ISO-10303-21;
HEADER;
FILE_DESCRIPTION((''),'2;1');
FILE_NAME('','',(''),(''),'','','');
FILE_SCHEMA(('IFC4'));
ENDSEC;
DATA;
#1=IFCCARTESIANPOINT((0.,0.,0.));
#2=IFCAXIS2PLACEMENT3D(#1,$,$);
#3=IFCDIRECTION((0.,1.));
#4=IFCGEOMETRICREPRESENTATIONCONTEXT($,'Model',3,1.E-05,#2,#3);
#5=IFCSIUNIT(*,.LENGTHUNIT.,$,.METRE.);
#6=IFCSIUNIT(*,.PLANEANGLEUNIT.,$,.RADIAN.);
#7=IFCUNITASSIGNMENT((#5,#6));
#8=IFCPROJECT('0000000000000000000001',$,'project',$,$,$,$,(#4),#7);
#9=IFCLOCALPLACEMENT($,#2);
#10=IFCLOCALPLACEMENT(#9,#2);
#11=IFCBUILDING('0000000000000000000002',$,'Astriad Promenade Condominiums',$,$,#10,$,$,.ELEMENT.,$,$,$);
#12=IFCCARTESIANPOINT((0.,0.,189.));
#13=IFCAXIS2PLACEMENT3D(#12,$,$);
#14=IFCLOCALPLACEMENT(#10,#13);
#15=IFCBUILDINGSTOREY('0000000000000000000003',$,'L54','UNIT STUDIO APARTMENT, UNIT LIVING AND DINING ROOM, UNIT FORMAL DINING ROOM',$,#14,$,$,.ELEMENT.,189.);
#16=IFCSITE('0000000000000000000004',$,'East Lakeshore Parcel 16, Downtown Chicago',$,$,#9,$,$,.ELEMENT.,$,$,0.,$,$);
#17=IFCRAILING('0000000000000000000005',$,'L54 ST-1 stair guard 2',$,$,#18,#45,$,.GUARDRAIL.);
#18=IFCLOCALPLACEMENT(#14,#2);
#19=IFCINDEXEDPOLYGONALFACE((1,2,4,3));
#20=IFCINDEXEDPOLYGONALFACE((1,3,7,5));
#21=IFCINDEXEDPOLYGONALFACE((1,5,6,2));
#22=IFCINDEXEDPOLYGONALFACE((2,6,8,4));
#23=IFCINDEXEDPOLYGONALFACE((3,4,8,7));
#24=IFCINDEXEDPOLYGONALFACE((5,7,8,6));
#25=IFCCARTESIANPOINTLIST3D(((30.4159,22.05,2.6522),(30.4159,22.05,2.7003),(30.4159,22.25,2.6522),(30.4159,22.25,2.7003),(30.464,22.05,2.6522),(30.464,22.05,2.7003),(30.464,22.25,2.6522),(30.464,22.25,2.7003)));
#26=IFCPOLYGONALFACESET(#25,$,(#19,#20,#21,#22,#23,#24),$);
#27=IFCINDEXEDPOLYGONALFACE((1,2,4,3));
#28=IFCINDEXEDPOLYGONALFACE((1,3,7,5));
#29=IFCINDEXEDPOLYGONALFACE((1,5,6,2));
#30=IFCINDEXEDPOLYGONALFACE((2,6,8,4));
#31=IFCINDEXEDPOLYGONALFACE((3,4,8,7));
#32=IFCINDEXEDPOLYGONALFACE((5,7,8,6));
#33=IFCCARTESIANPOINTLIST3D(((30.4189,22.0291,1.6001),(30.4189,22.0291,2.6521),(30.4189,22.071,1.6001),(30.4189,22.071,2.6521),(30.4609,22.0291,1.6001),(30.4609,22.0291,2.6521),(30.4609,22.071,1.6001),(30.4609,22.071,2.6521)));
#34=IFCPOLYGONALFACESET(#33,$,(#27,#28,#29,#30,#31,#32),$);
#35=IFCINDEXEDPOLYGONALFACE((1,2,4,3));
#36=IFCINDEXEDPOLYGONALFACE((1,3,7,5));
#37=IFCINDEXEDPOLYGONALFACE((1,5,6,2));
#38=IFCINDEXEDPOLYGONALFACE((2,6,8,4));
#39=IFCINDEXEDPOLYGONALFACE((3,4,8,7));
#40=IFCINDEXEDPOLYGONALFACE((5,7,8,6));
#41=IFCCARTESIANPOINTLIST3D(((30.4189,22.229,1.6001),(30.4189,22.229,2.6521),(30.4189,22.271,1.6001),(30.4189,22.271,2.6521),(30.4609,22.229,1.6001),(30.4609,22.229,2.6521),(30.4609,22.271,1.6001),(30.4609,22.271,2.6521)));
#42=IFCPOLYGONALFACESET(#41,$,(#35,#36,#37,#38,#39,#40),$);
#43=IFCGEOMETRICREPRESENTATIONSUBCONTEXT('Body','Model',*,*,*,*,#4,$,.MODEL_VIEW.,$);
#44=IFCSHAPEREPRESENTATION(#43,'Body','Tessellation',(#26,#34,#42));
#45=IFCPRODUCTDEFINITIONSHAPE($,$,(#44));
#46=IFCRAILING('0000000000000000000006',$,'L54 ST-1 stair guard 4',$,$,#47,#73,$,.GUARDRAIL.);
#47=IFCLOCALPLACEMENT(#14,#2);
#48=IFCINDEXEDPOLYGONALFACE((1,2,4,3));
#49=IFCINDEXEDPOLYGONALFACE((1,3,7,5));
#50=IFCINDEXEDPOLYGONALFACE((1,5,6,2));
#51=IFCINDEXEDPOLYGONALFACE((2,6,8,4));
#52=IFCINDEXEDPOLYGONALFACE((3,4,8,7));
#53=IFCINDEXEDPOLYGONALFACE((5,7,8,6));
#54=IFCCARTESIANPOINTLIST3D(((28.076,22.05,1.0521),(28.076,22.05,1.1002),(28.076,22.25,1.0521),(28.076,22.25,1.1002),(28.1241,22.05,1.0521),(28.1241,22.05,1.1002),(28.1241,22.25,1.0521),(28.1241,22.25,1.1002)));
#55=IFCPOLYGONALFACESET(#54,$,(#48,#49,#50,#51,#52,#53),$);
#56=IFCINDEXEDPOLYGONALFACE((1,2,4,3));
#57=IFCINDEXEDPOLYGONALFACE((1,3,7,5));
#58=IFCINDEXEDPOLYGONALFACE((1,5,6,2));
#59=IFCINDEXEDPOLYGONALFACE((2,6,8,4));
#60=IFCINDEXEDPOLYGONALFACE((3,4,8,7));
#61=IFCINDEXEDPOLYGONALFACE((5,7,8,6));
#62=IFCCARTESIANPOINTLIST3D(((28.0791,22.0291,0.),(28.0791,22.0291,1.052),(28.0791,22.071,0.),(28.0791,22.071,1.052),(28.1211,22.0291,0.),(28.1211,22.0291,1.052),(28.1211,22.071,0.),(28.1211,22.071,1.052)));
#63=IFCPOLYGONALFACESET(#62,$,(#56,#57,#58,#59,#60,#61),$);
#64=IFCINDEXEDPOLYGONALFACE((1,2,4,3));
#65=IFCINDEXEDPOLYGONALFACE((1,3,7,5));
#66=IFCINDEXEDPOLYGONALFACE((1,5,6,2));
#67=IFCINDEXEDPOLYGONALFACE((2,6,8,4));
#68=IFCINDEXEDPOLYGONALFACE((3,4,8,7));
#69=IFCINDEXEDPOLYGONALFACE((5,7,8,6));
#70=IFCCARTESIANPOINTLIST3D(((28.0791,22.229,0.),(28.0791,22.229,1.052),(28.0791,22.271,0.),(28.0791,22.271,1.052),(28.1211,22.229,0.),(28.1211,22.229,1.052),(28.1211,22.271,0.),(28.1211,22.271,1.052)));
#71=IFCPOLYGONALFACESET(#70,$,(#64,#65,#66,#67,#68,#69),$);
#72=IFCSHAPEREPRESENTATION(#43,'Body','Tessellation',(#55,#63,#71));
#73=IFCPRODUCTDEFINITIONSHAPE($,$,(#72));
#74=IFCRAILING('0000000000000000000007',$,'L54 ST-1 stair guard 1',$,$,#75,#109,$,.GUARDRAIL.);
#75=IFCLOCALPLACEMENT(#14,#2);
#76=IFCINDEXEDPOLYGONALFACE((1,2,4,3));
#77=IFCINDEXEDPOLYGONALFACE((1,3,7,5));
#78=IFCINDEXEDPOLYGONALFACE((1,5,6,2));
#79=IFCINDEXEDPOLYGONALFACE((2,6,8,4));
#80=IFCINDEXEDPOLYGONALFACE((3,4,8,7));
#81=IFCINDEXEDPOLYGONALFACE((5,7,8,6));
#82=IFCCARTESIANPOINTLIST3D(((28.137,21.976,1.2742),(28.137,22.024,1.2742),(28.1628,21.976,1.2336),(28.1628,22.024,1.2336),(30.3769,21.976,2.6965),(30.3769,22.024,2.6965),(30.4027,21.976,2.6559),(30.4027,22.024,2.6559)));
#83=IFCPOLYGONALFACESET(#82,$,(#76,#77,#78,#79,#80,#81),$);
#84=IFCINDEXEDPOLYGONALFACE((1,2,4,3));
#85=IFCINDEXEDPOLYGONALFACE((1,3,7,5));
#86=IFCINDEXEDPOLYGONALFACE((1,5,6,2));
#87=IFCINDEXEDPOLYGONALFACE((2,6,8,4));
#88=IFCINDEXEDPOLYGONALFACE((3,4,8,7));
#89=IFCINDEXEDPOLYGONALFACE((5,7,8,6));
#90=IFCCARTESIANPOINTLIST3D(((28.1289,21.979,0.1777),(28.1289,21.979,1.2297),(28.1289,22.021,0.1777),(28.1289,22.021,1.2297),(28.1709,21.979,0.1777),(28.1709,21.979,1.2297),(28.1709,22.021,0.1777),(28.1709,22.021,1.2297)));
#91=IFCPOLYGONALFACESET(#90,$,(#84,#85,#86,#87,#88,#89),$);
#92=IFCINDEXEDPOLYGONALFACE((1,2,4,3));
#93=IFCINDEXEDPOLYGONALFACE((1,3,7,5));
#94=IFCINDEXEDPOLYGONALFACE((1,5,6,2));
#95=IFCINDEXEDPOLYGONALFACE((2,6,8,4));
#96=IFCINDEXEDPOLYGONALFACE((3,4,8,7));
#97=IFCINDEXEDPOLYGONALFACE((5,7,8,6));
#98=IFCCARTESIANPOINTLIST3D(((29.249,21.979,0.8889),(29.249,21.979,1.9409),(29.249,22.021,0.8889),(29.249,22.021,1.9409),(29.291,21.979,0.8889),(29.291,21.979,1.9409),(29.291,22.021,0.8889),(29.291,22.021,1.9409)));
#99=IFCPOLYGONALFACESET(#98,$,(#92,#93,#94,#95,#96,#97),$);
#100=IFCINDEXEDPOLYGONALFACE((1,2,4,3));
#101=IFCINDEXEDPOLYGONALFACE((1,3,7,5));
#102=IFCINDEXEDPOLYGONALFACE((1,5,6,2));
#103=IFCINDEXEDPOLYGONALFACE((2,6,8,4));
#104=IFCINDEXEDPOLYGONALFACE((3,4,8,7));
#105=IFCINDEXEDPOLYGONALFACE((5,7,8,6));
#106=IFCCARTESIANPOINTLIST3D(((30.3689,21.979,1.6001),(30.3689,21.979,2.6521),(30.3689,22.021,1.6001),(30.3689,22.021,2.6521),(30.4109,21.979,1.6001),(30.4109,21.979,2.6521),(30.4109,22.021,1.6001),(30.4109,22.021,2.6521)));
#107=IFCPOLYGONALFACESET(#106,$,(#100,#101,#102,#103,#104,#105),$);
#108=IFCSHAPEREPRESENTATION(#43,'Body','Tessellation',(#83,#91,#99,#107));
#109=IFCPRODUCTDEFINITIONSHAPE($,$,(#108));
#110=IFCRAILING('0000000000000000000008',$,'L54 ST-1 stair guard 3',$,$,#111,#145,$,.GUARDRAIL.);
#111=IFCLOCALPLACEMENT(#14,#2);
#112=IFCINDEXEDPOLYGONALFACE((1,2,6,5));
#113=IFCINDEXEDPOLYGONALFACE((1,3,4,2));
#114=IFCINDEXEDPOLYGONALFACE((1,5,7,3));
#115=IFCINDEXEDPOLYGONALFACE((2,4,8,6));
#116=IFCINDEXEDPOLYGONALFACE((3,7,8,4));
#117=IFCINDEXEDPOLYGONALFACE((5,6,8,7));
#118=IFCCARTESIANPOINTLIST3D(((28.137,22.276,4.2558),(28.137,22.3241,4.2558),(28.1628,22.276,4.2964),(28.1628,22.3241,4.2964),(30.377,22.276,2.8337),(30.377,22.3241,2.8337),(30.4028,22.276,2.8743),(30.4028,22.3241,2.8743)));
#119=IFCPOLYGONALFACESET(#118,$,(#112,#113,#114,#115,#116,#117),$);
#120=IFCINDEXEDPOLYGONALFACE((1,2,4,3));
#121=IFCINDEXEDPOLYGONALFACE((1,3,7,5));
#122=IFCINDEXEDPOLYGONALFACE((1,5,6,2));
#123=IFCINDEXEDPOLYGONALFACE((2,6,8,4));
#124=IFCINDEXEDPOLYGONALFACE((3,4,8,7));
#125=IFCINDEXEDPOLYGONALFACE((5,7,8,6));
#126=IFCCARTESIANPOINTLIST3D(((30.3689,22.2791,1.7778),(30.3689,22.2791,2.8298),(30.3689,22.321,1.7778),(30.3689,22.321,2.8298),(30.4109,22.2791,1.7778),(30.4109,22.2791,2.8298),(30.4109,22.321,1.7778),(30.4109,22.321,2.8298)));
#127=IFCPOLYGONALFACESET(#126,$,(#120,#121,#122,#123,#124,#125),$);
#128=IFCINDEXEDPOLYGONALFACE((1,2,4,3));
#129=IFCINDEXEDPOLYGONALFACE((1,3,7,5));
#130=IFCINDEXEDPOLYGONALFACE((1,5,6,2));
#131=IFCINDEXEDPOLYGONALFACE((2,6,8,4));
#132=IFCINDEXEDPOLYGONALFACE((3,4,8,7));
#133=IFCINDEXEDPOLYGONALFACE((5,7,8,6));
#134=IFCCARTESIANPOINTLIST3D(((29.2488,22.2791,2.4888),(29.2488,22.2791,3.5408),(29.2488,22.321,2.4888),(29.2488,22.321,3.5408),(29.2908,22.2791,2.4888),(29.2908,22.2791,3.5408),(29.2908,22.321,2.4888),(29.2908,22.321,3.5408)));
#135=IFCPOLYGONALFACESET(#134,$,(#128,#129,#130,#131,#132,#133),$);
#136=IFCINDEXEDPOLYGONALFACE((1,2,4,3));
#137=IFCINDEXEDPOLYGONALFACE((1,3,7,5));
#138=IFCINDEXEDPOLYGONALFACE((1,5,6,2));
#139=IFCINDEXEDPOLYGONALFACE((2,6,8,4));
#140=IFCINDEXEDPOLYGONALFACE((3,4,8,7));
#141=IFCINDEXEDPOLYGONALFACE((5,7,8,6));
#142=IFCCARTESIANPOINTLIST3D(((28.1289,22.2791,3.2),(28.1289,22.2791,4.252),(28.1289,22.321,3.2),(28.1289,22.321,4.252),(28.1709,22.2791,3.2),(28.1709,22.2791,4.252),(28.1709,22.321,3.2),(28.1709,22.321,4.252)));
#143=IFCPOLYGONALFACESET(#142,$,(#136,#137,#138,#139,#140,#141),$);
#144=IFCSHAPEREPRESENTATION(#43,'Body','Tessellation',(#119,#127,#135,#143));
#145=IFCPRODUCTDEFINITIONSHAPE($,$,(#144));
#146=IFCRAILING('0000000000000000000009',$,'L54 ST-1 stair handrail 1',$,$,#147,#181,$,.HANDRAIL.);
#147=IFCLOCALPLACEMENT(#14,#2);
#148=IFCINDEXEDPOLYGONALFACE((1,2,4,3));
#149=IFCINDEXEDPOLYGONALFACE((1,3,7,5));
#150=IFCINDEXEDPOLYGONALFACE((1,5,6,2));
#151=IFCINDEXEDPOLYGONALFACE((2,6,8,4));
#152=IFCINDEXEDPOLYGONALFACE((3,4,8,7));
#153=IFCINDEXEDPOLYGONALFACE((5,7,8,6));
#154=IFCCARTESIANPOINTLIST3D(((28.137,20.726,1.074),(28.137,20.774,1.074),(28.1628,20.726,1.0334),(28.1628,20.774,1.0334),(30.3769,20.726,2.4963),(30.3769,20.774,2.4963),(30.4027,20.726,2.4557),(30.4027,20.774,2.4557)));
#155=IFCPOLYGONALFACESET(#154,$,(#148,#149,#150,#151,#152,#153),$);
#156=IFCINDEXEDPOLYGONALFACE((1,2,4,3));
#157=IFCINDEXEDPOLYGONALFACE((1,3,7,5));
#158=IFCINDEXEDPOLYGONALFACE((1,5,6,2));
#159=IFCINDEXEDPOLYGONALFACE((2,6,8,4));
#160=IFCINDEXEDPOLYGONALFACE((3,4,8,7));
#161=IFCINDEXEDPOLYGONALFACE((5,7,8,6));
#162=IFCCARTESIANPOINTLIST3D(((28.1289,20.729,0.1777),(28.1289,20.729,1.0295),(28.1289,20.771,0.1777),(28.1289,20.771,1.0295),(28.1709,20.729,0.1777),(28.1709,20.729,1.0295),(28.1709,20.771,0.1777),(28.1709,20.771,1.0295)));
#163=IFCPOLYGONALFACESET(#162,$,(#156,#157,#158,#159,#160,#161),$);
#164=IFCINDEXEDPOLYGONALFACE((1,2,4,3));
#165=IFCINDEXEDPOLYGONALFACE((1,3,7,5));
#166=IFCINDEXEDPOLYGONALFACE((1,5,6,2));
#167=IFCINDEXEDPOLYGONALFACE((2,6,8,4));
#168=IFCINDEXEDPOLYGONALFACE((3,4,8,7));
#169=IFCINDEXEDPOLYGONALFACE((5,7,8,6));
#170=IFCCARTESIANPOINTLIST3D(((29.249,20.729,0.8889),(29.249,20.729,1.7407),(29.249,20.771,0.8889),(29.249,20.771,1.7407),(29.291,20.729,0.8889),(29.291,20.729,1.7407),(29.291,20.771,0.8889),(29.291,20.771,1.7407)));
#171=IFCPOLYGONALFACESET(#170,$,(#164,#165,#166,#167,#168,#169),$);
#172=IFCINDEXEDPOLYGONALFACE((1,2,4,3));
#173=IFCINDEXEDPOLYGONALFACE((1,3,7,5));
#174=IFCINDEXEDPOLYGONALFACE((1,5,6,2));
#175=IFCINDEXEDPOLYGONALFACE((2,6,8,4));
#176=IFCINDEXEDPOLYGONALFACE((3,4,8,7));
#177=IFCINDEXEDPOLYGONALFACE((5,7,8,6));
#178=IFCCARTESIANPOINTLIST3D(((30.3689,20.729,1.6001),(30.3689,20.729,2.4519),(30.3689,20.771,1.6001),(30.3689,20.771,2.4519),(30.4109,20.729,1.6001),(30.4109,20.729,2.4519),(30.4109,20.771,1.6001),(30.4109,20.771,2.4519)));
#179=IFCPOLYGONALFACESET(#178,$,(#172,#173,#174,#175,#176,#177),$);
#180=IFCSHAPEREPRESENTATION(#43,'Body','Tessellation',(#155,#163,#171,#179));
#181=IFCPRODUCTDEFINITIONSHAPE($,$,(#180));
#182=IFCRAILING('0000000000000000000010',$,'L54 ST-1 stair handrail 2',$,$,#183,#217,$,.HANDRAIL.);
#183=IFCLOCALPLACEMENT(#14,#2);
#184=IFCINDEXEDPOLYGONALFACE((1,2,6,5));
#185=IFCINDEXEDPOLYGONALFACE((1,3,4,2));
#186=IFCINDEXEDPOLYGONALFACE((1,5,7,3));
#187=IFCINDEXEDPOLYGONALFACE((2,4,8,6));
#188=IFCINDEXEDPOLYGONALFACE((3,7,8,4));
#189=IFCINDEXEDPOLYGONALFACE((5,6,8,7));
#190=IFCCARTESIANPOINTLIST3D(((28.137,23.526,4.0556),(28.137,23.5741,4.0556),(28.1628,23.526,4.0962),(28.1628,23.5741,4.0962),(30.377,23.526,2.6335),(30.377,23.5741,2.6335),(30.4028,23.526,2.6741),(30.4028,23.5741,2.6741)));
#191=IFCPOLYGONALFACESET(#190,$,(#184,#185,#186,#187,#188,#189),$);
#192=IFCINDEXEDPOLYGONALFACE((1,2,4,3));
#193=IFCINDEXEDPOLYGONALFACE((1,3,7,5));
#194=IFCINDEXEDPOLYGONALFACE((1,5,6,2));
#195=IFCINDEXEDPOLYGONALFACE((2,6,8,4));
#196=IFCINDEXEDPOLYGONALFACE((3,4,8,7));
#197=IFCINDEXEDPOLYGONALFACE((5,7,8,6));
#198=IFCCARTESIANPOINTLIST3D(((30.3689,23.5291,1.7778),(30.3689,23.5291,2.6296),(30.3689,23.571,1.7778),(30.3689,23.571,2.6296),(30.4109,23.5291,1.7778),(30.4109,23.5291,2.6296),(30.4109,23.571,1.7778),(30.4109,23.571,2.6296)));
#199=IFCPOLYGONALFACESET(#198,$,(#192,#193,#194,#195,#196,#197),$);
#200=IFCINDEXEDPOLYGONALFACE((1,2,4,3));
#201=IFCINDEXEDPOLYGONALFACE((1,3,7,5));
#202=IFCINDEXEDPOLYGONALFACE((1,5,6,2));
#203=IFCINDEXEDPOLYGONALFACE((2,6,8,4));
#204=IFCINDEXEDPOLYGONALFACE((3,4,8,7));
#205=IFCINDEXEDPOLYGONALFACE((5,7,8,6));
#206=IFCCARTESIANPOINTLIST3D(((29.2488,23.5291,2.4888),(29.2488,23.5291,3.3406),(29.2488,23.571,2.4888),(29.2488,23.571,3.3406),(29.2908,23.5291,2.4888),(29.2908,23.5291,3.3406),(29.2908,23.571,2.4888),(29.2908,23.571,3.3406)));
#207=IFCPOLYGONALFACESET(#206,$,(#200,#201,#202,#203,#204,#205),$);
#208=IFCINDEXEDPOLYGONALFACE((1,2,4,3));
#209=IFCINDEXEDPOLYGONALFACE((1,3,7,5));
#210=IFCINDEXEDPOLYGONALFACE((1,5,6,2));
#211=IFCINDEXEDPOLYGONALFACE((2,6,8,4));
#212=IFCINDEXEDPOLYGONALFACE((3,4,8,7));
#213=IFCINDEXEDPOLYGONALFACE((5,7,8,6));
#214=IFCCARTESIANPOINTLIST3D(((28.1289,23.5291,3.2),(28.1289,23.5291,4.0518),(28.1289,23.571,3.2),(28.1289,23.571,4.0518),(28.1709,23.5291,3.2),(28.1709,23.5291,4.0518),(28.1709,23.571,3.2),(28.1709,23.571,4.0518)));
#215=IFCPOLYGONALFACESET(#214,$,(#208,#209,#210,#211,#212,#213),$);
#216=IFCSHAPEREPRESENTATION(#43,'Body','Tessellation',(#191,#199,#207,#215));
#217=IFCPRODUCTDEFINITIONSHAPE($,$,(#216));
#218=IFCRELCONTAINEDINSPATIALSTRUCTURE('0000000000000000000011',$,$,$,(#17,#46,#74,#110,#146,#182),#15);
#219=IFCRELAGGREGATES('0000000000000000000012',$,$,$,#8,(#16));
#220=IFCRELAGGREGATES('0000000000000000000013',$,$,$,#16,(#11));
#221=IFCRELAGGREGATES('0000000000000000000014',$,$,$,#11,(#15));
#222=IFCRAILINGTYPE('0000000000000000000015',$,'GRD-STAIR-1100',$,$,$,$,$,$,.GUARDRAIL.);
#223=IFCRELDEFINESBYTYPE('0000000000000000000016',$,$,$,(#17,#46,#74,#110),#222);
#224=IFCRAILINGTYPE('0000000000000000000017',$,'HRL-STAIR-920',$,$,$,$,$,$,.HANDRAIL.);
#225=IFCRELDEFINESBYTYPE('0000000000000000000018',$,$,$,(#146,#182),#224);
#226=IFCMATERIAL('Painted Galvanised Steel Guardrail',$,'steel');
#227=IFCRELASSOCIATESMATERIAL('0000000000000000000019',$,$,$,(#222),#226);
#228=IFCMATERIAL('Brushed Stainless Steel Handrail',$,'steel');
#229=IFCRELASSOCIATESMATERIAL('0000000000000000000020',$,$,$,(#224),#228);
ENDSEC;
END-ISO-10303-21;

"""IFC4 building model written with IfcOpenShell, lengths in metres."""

from ifc_helpers import new_model, si_unit, direction, frame, origin, origin_2d, place, context, subcontext, project, spatial, rectangle, extrude, source, transform, mapped, material, type_object, type_shapes, element, save


model = new_model("IFC4")

# Units and contexts
model_context = context("Model", 3, precision=1e-05, world=origin(), true_north=direction((0.0, 1.0)))
body_context = subcontext(model_context, "Body", "Model", "MODEL_VIEW")
ifc_project = project(units=[si_unit("LENGTHUNIT", "METRE"), si_unit("PLANEANGLEUNIT", "RADIAN")], contexts=[model_context])

# Site, building, storey
site_placement = place(None, origin())
site = spatial("IfcSite", under=ifc_project, at=site_placement, Name="East Lakeshore Parcel 16, Downtown Chicago", CompositionType="ELEMENT", RefElevation=0.0)
building_placement = place(site_placement, origin())
building = spatial("IfcBuilding", under=site, at=building_placement, Name="Astriad Promenade Condominiums", CompositionType="ELEMENT")
storey_placement = place(building_placement, frame((0.0, 0.0, 189.0)))
storey = spatial("IfcBuildingStorey", under=building, at=storey_placement, Name="L54", Description="UNIT STUDIO APARTMENT, UNIT LIVING AND DINING ROOM, UNIT FORMAL DINING ROOM", CompositionType="ELEMENT", Elevation=189.0)

# Railings
ifc_material_1 = material(Name="Painted Galvanised Steel Guardrail", Category="steel")
railing_type_1 = type_object("IfcRailingType", Name="GRD-STAIR-1100", PredefinedType="GUARDRAIL", material=ifc_material_1)
shared_shape_1 = source(origin(), body_context, "Body", "SweptSolid", [
    extrude(rectangle(XDim=0.0481, YDim=0.0481, at=origin_2d()), frame((0.0, 0.0, 1.0762), z_axis=(0.0, 1.0, 0.0), x_axis=(-1.0, 0.0, 0.0)), (0.0, 0.0, 1.0), 0.2),
    extrude(rectangle(XDim=0.042, YDim=0.042, at=origin_2d()), origin(), (0.0, 0.0, 1.0), 1.052),
    extrude(rectangle(XDim=0.042, YDim=0.042, at=origin_2d()), frame((0.0, 0.2, 0.0)), (0.0, 0.0, 1.0), 1.052),
])
for number, where, name in (
    (1, (30.4399, 22.05, 1.6001), "L54 ST-1 stair guard 2"),
    (2, (28.1001, 22.05, 0.0), "L54 ST-1 stair guard 4"),
):
    element("IfcRailing", number, at=place(storey_placement, frame(where)), inside=storey, type_object=railing_type_1, Name=name, PredefinedType="GUARDRAIL", context=body_context, shape_type="MappedRepresentation", body=[
        mapped(shared_shape_1, transform((0.0, 0.0, 0.0), scale=1.0)),
    ])
shared_shape_2 = source(origin(), body_context, "Body", "SweptSolid", [
    extrude(rectangle(XDim=0.0481, YDim=0.0481, at=origin_2d()), frame((0.0, 0.0, 1.0762), z_axis=(0.844188, 0.0, 0.536048), x_axis=(0.0, 1.0, 0.0)), (0.0, 0.0, 1.0), 2.6533),
    extrude(rectangle(XDim=0.042, YDim=0.042, at=origin_2d()), origin(), (0.0, 0.0, 1.0), 1.052),
    extrude(rectangle(XDim=0.042, YDim=0.042, at=origin_2d()), frame((1.1201, 0.0, 0.7112)), (0.0, 0.0, 1.0), 1.052),
    extrude(rectangle(XDim=0.042, YDim=0.042, at=origin_2d()), frame((2.24, 0.0, 1.4224)), (0.0, 0.0, 1.0), 1.052),
])
railing_1_placement = place(storey_placement, frame((28.1499, 22.0, 0.1777)))
element("IfcRailing", 3, at=railing_1_placement, inside=storey, type_object=railing_type_1, Name="L54 ST-1 stair guard 1", PredefinedType="GUARDRAIL", context=body_context, shape_type="MappedRepresentation", body=[
    mapped(shared_shape_2, transform((0.0, 0.0, 0.0), scale=1.0)),
])
shared_shape_3 = source(origin(), body_context, "Body", "SweptSolid", [
    extrude(rectangle(XDim=0.0481, YDim=0.0481, at=origin_2d()), frame((0.0, 0.0, 1.0762), z_axis=(-0.844229, 0.0, 0.535982), x_axis=(0.0, -1.0, 0.0)), (0.0, 0.0, 1.0), 2.6533),
    extrude(rectangle(XDim=0.042, YDim=0.042, at=origin_2d()), origin(), (0.0, 0.0, 1.0), 1.052),
    extrude(rectangle(XDim=0.042, YDim=0.042, at=origin_2d()), frame((-1.1201, 0.0, 0.7109)), (0.0, 0.0, 1.0), 1.052),
    extrude(rectangle(XDim=0.042, YDim=0.042, at=origin_2d()), frame((-2.24, 0.0, 1.4221)), (0.0, 0.0, 1.0), 1.052),
])
type_shapes(railing_type_1, [shared_shape_1, shared_shape_2, shared_shape_3])
railing_2_placement = place(storey_placement, frame((30.3899, 22.3, 1.7778)))
element("IfcRailing", 4, at=railing_2_placement, inside=storey, type_object=railing_type_1, Name="L54 ST-1 stair guard 3", PredefinedType="GUARDRAIL", context=body_context, shape_type="MappedRepresentation", body=[
    mapped(shared_shape_3, transform((0.0, 0.0, 0.0), scale=1.0)),
])
ifc_material_2 = material(Name="Brushed Stainless Steel Handrail", Category="steel")
railing_type_2 = type_object("IfcRailingType", Name="HRL-STAIR-920", PredefinedType="HANDRAIL", material=ifc_material_2)
shared_shape_4 = source(origin(), body_context, "Body", "SweptSolid", [
    extrude(rectangle(XDim=0.0481, YDim=0.0481, at=origin_2d()), frame((0.0, 0.0, 0.876), z_axis=(0.844188, 0.0, 0.536048), x_axis=(0.0, 1.0, 0.0)), (0.0, 0.0, 1.0), 2.6533),
    extrude(rectangle(XDim=0.042, YDim=0.042, at=origin_2d()), origin(), (0.0, 0.0, 1.0), 0.8518),
    extrude(rectangle(XDim=0.042, YDim=0.042, at=origin_2d()), frame((1.1201, 0.0, 0.7112)), (0.0, 0.0, 1.0), 0.8518),
    extrude(rectangle(XDim=0.042, YDim=0.042, at=origin_2d()), frame((2.24, 0.0, 1.4224)), (0.0, 0.0, 1.0), 0.8518),
])
railing_3_placement = place(storey_placement, frame((28.1499, 20.75, 0.1777)))
element("IfcRailing", 5, at=railing_3_placement, inside=storey, type_object=railing_type_2, Name="L54 ST-1 stair handrail 1", PredefinedType="HANDRAIL", context=body_context, shape_type="MappedRepresentation", body=[
    mapped(shared_shape_4, transform((0.0, 0.0, 0.0), scale=1.0)),
])
shared_shape_5 = source(origin(), body_context, "Body", "SweptSolid", [
    extrude(rectangle(XDim=0.0481, YDim=0.0481, at=origin_2d()), frame((0.0, 0.0, 0.876), z_axis=(-0.844229, 0.0, 0.535982), x_axis=(0.0, -1.0, 0.0)), (0.0, 0.0, 1.0), 2.6533),
    extrude(rectangle(XDim=0.042, YDim=0.042, at=origin_2d()), origin(), (0.0, 0.0, 1.0), 0.8518),
    extrude(rectangle(XDim=0.042, YDim=0.042, at=origin_2d()), frame((-1.1201, 0.0, 0.7109)), (0.0, 0.0, 1.0), 0.8518),
    extrude(rectangle(XDim=0.042, YDim=0.042, at=origin_2d()), frame((-2.24, 0.0, 1.4221)), (0.0, 0.0, 1.0), 0.8518),
])
type_shapes(railing_type_2, [shared_shape_4, shared_shape_5])
railing_4_placement = place(storey_placement, frame((30.3899, 23.55, 1.7778)))
element("IfcRailing", 6, at=railing_4_placement, inside=storey, type_object=railing_type_2, Name="L54 ST-1 stair handrail 2", PredefinedType="HANDRAIL", context=body_context, shape_type="MappedRepresentation", body=[
    mapped(shared_shape_5, transform((0.0, 0.0, 0.0), scale=1.0)),
])

save(model, "model.ifc")
